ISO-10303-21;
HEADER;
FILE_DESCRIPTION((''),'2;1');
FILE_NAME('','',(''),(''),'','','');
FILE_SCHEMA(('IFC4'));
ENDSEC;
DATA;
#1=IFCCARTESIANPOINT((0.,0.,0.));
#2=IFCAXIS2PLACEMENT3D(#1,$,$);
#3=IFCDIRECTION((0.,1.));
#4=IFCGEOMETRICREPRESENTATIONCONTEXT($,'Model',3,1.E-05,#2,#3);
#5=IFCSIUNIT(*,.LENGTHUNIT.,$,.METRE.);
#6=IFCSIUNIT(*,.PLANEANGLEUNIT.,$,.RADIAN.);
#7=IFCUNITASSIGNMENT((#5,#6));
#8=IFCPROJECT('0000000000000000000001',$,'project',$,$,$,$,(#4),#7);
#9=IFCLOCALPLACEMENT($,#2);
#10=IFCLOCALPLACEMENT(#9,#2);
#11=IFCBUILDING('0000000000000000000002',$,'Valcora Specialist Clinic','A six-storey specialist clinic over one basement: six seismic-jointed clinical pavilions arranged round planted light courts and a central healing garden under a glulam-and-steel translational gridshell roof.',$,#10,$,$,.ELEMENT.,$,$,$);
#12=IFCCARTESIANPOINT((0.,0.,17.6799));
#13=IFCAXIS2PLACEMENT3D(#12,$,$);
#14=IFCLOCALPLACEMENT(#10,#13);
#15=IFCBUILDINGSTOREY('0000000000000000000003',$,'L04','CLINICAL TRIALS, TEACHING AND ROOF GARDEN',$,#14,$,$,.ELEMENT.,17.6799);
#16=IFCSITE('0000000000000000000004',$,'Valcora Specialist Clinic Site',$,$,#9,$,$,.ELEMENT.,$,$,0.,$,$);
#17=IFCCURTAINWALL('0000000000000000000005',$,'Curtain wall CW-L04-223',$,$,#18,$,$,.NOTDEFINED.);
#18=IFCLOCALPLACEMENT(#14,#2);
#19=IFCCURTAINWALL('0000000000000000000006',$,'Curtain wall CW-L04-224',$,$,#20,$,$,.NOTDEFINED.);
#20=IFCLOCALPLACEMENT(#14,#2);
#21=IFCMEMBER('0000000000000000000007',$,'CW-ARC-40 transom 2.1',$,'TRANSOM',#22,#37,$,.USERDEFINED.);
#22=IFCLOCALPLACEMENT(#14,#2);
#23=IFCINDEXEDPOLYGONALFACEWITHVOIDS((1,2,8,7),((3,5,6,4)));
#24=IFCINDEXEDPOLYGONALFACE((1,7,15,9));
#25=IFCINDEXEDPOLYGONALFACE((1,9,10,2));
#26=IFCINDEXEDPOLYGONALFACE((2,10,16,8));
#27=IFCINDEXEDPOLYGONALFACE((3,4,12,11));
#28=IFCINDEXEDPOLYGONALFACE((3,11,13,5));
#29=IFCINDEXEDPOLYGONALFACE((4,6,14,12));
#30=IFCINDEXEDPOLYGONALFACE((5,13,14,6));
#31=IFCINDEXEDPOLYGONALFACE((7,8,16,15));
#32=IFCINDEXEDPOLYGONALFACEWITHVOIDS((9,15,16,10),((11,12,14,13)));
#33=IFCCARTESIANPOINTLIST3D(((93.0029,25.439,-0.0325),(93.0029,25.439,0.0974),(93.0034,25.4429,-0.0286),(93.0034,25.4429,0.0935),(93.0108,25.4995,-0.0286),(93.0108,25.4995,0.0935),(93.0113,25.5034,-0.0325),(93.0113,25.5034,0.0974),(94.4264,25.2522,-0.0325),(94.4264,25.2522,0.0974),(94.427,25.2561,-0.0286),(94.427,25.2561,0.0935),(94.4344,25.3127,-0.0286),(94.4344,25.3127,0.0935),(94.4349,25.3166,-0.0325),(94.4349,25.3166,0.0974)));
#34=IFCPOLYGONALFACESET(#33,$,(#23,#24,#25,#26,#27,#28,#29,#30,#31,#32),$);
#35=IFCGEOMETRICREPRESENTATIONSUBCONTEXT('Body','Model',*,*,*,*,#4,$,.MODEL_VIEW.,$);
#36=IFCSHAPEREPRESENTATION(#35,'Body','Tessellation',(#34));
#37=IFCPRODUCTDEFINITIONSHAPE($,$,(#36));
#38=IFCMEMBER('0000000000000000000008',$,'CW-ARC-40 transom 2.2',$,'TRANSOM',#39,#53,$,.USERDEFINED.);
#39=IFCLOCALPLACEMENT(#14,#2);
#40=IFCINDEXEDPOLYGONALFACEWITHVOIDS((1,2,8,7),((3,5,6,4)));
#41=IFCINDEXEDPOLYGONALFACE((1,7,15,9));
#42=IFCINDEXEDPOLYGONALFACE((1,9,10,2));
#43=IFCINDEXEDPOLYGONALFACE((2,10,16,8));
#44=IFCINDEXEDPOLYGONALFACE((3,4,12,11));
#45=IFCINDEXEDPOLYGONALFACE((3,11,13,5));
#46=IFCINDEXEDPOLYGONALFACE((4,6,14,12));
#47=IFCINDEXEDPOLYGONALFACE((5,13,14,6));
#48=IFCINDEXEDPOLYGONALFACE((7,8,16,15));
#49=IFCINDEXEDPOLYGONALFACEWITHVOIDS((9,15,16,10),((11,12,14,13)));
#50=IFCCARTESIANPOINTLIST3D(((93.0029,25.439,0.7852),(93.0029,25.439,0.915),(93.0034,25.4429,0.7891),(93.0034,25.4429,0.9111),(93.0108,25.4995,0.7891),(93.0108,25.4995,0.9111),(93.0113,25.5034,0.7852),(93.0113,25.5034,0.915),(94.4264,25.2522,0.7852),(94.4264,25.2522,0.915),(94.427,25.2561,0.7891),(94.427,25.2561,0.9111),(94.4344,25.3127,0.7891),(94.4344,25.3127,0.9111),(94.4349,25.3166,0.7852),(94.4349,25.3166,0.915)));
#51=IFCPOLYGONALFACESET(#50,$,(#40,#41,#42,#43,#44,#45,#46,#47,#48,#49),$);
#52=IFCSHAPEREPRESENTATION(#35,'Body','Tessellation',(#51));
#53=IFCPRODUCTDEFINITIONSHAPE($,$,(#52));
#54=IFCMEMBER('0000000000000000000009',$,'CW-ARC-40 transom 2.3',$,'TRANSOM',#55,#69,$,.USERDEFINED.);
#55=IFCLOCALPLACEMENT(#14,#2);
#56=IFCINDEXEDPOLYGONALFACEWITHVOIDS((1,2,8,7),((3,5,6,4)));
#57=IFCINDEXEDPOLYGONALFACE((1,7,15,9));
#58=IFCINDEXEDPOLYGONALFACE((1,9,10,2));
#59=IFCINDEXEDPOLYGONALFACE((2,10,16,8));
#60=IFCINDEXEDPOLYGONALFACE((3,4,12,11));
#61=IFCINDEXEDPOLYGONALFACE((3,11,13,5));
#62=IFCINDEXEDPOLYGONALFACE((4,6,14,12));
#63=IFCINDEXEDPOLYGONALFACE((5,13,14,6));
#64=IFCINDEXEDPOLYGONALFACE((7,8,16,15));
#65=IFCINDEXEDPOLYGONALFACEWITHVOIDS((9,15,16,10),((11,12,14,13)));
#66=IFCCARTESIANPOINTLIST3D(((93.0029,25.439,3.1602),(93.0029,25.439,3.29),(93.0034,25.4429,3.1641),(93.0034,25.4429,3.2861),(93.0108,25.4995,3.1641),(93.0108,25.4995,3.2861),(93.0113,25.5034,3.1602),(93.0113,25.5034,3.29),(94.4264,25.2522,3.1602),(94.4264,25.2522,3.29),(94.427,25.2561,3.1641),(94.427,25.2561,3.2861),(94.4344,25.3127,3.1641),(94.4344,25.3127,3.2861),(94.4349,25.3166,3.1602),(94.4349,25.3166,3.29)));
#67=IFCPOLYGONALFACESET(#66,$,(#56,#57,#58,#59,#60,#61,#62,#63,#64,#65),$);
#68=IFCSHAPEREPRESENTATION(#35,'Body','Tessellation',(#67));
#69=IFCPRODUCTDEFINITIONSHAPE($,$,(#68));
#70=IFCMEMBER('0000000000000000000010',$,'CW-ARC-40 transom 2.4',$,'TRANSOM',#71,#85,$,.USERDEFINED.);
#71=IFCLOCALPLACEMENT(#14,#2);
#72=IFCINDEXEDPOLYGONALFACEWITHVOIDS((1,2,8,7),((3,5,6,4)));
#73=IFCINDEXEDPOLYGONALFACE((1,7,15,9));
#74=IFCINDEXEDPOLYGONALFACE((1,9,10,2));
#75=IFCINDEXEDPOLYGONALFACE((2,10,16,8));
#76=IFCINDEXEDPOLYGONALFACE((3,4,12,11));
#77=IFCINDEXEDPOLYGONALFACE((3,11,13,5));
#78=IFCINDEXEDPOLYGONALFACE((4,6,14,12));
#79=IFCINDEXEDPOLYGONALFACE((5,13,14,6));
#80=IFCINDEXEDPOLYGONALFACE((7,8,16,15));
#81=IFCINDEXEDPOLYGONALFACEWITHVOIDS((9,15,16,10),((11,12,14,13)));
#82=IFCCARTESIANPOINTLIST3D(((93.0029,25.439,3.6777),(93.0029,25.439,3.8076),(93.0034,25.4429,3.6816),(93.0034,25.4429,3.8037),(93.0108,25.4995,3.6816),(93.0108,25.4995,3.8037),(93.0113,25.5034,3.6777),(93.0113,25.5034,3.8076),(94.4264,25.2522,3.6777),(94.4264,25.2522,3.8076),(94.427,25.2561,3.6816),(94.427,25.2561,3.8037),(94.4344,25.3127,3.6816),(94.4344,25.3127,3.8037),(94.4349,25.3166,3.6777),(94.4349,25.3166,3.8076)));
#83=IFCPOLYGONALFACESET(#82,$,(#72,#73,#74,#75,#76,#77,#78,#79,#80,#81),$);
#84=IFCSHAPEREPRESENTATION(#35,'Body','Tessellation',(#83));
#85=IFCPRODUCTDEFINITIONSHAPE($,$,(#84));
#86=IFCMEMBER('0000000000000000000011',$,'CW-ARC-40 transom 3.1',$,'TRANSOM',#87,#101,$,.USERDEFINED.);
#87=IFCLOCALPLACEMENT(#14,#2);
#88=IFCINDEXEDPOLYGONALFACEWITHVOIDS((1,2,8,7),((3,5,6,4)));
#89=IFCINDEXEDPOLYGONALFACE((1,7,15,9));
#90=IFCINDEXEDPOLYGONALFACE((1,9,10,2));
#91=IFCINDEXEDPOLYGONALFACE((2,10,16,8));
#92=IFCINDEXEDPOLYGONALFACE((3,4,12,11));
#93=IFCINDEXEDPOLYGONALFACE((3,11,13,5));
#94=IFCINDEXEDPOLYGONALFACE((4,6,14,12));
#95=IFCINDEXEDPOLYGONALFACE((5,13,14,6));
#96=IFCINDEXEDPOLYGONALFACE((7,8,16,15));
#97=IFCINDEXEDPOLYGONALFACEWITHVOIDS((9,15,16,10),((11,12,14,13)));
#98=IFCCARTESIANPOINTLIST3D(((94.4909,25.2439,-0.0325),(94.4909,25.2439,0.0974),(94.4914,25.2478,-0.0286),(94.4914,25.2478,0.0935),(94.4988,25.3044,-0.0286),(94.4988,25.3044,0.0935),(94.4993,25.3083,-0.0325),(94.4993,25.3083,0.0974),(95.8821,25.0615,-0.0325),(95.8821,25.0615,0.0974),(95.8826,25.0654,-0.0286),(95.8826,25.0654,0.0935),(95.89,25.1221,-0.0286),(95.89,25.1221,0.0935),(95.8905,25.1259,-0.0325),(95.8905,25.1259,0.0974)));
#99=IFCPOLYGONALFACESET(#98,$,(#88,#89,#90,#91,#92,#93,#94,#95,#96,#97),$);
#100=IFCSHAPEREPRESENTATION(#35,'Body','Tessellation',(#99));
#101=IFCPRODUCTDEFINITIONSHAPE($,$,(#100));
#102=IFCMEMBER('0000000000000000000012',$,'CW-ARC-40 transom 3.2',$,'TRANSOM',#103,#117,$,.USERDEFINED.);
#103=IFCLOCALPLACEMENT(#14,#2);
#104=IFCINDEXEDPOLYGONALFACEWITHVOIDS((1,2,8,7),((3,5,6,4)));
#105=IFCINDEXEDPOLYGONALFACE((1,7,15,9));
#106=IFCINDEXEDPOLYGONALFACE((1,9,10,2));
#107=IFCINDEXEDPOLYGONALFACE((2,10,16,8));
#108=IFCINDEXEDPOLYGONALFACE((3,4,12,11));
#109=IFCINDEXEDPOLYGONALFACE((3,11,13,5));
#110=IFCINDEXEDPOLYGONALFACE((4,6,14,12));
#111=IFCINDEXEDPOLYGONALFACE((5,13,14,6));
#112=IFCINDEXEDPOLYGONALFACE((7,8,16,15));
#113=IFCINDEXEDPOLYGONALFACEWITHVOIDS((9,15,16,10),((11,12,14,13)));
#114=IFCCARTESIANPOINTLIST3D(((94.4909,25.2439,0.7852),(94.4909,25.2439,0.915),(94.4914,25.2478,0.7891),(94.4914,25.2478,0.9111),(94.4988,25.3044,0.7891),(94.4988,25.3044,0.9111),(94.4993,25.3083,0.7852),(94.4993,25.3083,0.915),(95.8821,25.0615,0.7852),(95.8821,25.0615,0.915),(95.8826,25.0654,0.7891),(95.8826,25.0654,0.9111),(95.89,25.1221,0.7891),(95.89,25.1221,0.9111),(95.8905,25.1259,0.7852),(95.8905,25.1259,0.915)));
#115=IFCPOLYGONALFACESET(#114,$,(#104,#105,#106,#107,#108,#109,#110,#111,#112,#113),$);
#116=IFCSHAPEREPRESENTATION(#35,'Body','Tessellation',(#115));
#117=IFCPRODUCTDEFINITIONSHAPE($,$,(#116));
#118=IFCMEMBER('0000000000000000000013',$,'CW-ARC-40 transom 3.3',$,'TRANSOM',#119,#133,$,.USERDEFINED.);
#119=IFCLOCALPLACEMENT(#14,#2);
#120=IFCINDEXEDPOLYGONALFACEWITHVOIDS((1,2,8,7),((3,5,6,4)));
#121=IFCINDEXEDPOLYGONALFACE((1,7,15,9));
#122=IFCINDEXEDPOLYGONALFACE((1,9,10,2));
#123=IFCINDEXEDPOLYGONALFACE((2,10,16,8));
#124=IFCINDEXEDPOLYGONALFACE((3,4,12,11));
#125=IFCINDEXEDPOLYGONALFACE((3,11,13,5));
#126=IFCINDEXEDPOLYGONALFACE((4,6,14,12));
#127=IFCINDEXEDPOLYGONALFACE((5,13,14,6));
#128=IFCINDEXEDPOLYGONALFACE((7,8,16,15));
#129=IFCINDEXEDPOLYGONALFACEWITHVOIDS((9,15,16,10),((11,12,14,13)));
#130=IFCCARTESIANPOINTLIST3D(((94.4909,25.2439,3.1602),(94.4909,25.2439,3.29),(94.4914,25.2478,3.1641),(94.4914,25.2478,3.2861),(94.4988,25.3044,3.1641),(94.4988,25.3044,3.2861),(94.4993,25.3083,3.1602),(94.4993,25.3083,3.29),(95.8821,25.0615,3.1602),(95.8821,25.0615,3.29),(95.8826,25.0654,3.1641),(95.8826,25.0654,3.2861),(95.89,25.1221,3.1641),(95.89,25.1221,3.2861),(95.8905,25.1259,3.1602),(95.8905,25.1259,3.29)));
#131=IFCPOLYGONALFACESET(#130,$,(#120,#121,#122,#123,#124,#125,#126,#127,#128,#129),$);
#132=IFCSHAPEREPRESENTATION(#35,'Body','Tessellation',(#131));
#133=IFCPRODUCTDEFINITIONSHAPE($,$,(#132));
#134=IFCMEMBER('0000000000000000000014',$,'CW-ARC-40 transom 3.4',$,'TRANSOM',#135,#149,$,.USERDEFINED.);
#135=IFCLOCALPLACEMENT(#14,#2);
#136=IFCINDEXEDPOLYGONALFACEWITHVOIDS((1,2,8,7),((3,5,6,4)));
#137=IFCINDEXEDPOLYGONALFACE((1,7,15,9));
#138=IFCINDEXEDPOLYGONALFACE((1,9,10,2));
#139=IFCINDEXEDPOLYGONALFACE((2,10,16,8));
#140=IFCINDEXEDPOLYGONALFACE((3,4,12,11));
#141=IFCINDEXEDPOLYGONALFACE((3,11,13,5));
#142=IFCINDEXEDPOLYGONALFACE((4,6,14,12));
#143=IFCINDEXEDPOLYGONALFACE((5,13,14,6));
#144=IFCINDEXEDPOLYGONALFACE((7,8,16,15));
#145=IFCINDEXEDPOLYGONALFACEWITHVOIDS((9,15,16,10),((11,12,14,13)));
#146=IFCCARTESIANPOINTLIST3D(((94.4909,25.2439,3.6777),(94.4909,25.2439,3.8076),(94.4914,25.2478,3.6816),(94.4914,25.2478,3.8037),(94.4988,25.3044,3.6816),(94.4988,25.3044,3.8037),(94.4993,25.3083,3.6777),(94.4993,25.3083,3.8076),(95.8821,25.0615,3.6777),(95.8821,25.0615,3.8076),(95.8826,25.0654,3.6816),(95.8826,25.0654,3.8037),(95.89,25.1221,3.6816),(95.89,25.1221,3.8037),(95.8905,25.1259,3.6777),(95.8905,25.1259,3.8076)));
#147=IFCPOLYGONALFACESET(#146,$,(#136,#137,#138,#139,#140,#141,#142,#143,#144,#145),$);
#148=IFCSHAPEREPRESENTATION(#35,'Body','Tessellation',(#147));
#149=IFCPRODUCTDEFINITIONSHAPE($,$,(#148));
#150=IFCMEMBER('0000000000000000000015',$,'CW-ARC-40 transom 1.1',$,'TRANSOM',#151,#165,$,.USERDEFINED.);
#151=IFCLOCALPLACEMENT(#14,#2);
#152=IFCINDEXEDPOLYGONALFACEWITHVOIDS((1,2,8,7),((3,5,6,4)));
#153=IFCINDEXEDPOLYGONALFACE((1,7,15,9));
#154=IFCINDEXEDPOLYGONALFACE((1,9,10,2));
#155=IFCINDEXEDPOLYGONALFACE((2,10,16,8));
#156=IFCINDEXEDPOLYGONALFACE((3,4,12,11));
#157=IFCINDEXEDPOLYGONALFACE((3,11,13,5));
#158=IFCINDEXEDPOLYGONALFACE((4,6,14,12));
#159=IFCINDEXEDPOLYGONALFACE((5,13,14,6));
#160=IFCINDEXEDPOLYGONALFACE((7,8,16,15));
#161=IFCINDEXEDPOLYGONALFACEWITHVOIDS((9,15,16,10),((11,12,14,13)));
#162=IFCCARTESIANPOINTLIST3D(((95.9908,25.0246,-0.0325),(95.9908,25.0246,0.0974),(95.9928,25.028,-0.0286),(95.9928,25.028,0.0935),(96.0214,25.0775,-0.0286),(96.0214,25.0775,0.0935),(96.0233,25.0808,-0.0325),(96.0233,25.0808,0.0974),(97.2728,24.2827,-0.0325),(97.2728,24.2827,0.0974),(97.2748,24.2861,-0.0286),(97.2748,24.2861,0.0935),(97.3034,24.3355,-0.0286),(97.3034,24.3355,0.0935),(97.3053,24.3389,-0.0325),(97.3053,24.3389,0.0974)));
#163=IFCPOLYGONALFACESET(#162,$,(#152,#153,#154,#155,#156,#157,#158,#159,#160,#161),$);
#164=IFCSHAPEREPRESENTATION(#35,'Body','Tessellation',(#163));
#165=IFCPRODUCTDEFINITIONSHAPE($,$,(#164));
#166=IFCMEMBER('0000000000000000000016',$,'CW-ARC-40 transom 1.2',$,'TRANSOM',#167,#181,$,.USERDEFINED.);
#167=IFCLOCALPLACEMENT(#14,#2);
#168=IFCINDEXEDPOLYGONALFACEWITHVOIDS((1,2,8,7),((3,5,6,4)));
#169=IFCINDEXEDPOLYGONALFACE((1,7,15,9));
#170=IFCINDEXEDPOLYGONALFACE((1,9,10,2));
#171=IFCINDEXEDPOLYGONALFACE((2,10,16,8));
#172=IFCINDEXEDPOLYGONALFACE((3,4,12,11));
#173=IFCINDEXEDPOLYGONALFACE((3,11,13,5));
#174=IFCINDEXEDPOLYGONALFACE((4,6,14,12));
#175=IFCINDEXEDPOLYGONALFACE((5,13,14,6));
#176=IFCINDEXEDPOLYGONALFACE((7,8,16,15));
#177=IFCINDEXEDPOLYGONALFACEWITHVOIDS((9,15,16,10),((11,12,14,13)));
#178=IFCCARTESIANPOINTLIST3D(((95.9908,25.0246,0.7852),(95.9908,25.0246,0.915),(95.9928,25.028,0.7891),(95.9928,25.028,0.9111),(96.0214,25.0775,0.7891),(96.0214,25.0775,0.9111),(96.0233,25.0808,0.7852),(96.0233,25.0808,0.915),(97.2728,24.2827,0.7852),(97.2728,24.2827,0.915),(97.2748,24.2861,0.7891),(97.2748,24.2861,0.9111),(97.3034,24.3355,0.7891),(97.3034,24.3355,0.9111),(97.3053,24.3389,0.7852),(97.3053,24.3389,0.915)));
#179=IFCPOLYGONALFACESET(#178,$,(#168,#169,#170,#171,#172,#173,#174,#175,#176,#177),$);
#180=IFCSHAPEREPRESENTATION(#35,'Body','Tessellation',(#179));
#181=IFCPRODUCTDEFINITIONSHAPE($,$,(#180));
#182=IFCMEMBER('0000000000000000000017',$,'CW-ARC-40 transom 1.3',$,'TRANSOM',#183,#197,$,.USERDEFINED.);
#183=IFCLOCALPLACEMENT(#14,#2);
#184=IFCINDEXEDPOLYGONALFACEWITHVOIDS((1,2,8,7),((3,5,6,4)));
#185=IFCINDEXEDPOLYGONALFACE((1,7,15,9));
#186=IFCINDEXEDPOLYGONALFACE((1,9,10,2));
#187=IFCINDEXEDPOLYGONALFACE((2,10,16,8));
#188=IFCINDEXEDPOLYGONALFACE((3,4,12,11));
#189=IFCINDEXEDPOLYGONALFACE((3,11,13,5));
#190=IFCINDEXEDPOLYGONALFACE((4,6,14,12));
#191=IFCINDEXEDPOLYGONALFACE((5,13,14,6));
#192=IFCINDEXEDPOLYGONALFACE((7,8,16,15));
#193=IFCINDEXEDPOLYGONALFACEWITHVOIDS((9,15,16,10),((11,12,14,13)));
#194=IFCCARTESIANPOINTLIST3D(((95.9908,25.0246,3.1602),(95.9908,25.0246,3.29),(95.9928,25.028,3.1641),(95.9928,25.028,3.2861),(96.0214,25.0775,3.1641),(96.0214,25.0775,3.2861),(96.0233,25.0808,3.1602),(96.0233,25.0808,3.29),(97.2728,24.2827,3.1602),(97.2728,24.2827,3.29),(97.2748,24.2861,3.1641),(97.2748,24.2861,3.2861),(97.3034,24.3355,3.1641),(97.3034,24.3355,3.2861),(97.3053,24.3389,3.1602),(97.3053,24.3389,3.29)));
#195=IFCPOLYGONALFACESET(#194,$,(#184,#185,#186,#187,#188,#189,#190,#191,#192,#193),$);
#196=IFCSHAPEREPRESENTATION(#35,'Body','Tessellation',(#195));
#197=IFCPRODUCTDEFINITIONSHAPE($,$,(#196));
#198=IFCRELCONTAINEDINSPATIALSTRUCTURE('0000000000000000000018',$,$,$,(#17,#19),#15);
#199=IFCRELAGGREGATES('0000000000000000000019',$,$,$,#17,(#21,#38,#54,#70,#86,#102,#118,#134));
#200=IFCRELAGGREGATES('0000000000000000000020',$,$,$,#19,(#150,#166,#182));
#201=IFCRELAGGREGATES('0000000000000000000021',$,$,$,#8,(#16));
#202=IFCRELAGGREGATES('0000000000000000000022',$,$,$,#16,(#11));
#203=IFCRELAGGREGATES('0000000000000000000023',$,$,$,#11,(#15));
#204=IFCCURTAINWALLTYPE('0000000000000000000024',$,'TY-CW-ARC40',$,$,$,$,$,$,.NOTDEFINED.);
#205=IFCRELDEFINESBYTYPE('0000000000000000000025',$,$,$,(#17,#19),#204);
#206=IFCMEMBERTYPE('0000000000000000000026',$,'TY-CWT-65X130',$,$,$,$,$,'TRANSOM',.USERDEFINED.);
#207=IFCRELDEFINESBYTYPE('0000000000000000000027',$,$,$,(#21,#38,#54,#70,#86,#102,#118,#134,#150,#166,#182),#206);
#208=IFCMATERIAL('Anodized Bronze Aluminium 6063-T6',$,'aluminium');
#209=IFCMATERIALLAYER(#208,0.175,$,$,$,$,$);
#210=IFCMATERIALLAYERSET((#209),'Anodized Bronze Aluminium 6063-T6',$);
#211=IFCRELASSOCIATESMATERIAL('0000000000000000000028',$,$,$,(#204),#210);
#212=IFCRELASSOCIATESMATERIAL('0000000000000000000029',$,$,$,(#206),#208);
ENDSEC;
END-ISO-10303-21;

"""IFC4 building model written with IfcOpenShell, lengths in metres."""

from ifc_helpers import new_model, si_unit, direction, frame, origin, origin_2d, place, context, subcontext, project, spatial, hollow_rectangle, extrude, material, layer, layer_set, material_profile, profile_set, type_object, element, aggregate, save


model = new_model("IFC4")

# Units and contexts
model_context = context("Model", 3, precision=1e-05, world=origin(), true_north=direction((0.0, 1.0)))
body_context = subcontext(model_context, "Body", "Model", "MODEL_VIEW")
ifc_project = project(units=[si_unit("LENGTHUNIT", "METRE"), si_unit("PLANEANGLEUNIT", "RADIAN")], contexts=[model_context])

# Site, building, storey
site_placement = place(None, origin())
site = spatial("IfcSite", under=ifc_project, at=site_placement, Name="Valcora Specialist Clinic Site", CompositionType="ELEMENT", RefElevation=0.0)
building_placement = place(site_placement, origin())
building = spatial("IfcBuilding", under=site, at=building_placement, Name="Valcora Specialist Clinic", Description="A six-storey specialist clinic over one basement: six seismic-jointed clinical pavilions arranged round planted light courts and a central healing garden under a glulam-and-steel translational gridshell roof.", CompositionType="ELEMENT")
storey_placement = place(building_placement, frame((0.0, 0.0, 17.6799)))
storey = spatial("IfcBuildingStorey", under=building, at=storey_placement, Name="L04", Description="CLINICAL TRIALS, TEACHING AND ROOF GARDEN", CompositionType="ELEMENT", Elevation=17.6799)

# Shared definitions
ifc_material_1 = material(Name="Anodized Bronze Aluminium 6063-T6", Category="aluminium")
ifc_layer_1 = layer(ifc_material_1, 0.175)
ifc_layer_set_1 = layer_set([ifc_layer_1], Name="Anodized Bronze Aluminium 6063-T6")
curtain_wall_type = type_object("IfcCurtainWallType", Name="TY-CW-ARC40", PredefinedType="NOTDEFINED", material=ifc_layer_set_1)

# Curtain walls
curtain_wall_1_placement = place(storey_placement, origin())
curtain_wall_1 = element("IfcCurtainWall", 1, at=curtain_wall_1_placement, inside=storey, type_object=curtain_wall_type, Name="Curtain wall CW-L04-223", PredefinedType="NOTDEFINED")
curtain_wall_2_placement = place(storey_placement, origin())
curtain_wall_2 = element("IfcCurtainWall", 2, at=curtain_wall_2_placement, inside=storey, type_object=curtain_wall_type, Name="Curtain wall CW-L04-224", PredefinedType="NOTDEFINED")

# Members
ifc_material_profile_1 = material_profile(ifc_material_1, hollow_rectangle(XDim=0.0649, YDim=0.1299, WallThickness=0.0039, at=origin_2d()), Name="AL-TRN-65X130")
ifc_profile_set_1 = profile_set([ifc_material_profile_1], Name="Anodized Bronze Aluminium 6063-T6")
member_type_1 = type_object("IfcMemberType", Name="TY-CWT-65X130", ElementType="TRANSOM", PredefinedType="USERDEFINED", material=ifc_profile_set_1)
member_1_placement = place(storey_placement, frame((93.0071, 25.4712, 0.0325), z_axis=(0.991503, -0.130081, 0.0), x_axis=(0.130081, 0.991503, 0.0)))
member_1 = element("IfcMember", 3, at=member_1_placement, type_object=member_type_1, Name="CW-ARC-40 transom 2.1", ObjectType="TRANSOM", PredefinedType="USERDEFINED", context=body_context, shape_type="SweptSolid", body=[
    extrude(hollow_rectangle(XDim=0.0649, YDim=0.1299, WallThickness=0.0039, at=origin_2d()), origin(), (0.0, 0.0, 1.0), 1.4358),
])
member_2_placement = place(storey_placement, frame((93.0071, 25.4712, 0.8501), z_axis=(0.991503, -0.130081, 0.0), x_axis=(0.130081, 0.991503, 0.0)))
member_2 = element("IfcMember", 4, at=member_2_placement, type_object=member_type_1, Name="CW-ARC-40 transom 2.2", ObjectType="TRANSOM", PredefinedType="USERDEFINED", context=body_context, shape_type="SweptSolid", body=[
    extrude(hollow_rectangle(XDim=0.0649, YDim=0.1299, WallThickness=0.0039, at=origin_2d()), origin(), (0.0, 0.0, 1.0), 1.4358),
])
member_3_placement = place(storey_placement, frame((93.0071, 25.4712, 3.2251), z_axis=(0.991503, -0.130081, 0.0), x_axis=(0.130081, 0.991503, 0.0)))
member_3 = element("IfcMember", 5, at=member_3_placement, type_object=member_type_1, Name="CW-ARC-40 transom 2.3", ObjectType="TRANSOM", PredefinedType="USERDEFINED", context=body_context, shape_type="SweptSolid", body=[
    extrude(hollow_rectangle(XDim=0.0649, YDim=0.1299, WallThickness=0.0039, at=origin_2d()), origin(), (0.0, 0.0, 1.0), 1.4358),
])
member_4_placement = place(storey_placement, frame((93.0071, 25.4712, 3.7427), z_axis=(0.991503, -0.130081, 0.0), x_axis=(0.130081, 0.991503, 0.0)))
member_4 = element("IfcMember", 6, at=member_4_placement, type_object=member_type_1, Name="CW-ARC-40 transom 2.4", ObjectType="TRANSOM", PredefinedType="USERDEFINED", context=body_context, shape_type="SweptSolid", body=[
    extrude(hollow_rectangle(XDim=0.0649, YDim=0.1299, WallThickness=0.0039, at=origin_2d()), origin(), (0.0, 0.0, 1.0), 1.4358),
])
member_5_placement = place(storey_placement, frame((94.4951, 25.2761, 0.0325), z_axis=(0.991516, -0.129986, 0.0), x_axis=(0.129986, 0.991516, 0.0)))
member_5 = element("IfcMember", 7, at=member_5_placement, type_object=member_type_1, Name="CW-ARC-40 transom 3.1", ObjectType="TRANSOM", PredefinedType="USERDEFINED", context=body_context, shape_type="SweptSolid", body=[
    extrude(hollow_rectangle(XDim=0.0649, YDim=0.1299, WallThickness=0.0039, at=origin_2d()), origin(), (0.0, 0.0, 1.0), 1.4031),
])
member_6_placement = place(storey_placement, frame((94.4951, 25.2761, 0.8501), z_axis=(0.991516, -0.129986, 0.0), x_axis=(0.129986, 0.991516, 0.0)))
member_6 = element("IfcMember", 8, at=member_6_placement, type_object=member_type_1, Name="CW-ARC-40 transom 3.2", ObjectType="TRANSOM", PredefinedType="USERDEFINED", context=body_context, shape_type="SweptSolid", body=[
    extrude(hollow_rectangle(XDim=0.0649, YDim=0.1299, WallThickness=0.0039, at=origin_2d()), origin(), (0.0, 0.0, 1.0), 1.4031),
])
member_7_placement = place(storey_placement, frame((94.4951, 25.2761, 3.2251), z_axis=(0.991516, -0.129986, 0.0), x_axis=(0.129986, 0.991516, 0.0)))
member_7 = element("IfcMember", 9, at=member_7_placement, type_object=member_type_1, Name="CW-ARC-40 transom 3.3", ObjectType="TRANSOM", PredefinedType="USERDEFINED", context=body_context, shape_type="SweptSolid", body=[
    extrude(hollow_rectangle(XDim=0.0649, YDim=0.1299, WallThickness=0.0039, at=origin_2d()), origin(), (0.0, 0.0, 1.0), 1.4031),
])
member_8_placement = place(storey_placement, frame((94.4951, 25.2761, 3.7427), z_axis=(0.991516, -0.129986, 0.0), x_axis=(0.129986, 0.991516, 0.0)))
member_8 = element("IfcMember", 10, at=member_8_placement, type_object=member_type_1, Name="CW-ARC-40 transom 3.4", ObjectType="TRANSOM", PredefinedType="USERDEFINED", context=body_context, shape_type="SweptSolid", body=[
    extrude(hollow_rectangle(XDim=0.0649, YDim=0.1299, WallThickness=0.0039, at=origin_2d()), origin(), (0.0, 0.0, 1.0), 1.4031),
])
member_9_placement = place(storey_placement, frame((96.0071, 25.0527, 0.0325), z_axis=(0.865502, -0.500906, 0.0), x_axis=(0.500906, 0.865502, 0.0)))
member_9 = element("IfcMember", 11, at=member_9_placement, type_object=member_type_1, Name="CW-ARC-40 transom 1.1", ObjectType="TRANSOM", PredefinedType="USERDEFINED", context=body_context, shape_type="SweptSolid", body=[
    extrude(hollow_rectangle(XDim=0.0649, YDim=0.1299, WallThickness=0.0039, at=origin_2d()), origin(), (0.0, 0.0, 1.0), 1.4812),
])
member_10_placement = place(storey_placement, frame((96.0071, 25.0527, 0.8501), z_axis=(0.865502, -0.500906, 0.0), x_axis=(0.500906, 0.865502, 0.0)))
member_10 = element("IfcMember", 12, at=member_10_placement, type_object=member_type_1, Name="CW-ARC-40 transom 1.2", ObjectType="TRANSOM", PredefinedType="USERDEFINED", context=body_context, shape_type="SweptSolid", body=[
    extrude(hollow_rectangle(XDim=0.0649, YDim=0.1299, WallThickness=0.0039, at=origin_2d()), origin(), (0.0, 0.0, 1.0), 1.4812),
])
member_11_placement = place(storey_placement, frame((96.0071, 25.0527, 3.2251), z_axis=(0.865502, -0.500906, 0.0), x_axis=(0.500906, 0.865502, 0.0)))
member_11 = element("IfcMember", 13, at=member_11_placement, type_object=member_type_1, Name="CW-ARC-40 transom 1.3", ObjectType="TRANSOM", PredefinedType="USERDEFINED", context=body_context, shape_type="SweptSolid", body=[
    extrude(hollow_rectangle(XDim=0.0649, YDim=0.1299, WallThickness=0.0039, at=origin_2d()), origin(), (0.0, 0.0, 1.0), 1.4812),
])

aggregate(curtain_wall_1, [member_1, member_2, member_3, member_4, member_5, member_6, member_7, member_8])
aggregate(curtain_wall_2, [member_9, member_10, member_11])

save(model, "model.ifc")
